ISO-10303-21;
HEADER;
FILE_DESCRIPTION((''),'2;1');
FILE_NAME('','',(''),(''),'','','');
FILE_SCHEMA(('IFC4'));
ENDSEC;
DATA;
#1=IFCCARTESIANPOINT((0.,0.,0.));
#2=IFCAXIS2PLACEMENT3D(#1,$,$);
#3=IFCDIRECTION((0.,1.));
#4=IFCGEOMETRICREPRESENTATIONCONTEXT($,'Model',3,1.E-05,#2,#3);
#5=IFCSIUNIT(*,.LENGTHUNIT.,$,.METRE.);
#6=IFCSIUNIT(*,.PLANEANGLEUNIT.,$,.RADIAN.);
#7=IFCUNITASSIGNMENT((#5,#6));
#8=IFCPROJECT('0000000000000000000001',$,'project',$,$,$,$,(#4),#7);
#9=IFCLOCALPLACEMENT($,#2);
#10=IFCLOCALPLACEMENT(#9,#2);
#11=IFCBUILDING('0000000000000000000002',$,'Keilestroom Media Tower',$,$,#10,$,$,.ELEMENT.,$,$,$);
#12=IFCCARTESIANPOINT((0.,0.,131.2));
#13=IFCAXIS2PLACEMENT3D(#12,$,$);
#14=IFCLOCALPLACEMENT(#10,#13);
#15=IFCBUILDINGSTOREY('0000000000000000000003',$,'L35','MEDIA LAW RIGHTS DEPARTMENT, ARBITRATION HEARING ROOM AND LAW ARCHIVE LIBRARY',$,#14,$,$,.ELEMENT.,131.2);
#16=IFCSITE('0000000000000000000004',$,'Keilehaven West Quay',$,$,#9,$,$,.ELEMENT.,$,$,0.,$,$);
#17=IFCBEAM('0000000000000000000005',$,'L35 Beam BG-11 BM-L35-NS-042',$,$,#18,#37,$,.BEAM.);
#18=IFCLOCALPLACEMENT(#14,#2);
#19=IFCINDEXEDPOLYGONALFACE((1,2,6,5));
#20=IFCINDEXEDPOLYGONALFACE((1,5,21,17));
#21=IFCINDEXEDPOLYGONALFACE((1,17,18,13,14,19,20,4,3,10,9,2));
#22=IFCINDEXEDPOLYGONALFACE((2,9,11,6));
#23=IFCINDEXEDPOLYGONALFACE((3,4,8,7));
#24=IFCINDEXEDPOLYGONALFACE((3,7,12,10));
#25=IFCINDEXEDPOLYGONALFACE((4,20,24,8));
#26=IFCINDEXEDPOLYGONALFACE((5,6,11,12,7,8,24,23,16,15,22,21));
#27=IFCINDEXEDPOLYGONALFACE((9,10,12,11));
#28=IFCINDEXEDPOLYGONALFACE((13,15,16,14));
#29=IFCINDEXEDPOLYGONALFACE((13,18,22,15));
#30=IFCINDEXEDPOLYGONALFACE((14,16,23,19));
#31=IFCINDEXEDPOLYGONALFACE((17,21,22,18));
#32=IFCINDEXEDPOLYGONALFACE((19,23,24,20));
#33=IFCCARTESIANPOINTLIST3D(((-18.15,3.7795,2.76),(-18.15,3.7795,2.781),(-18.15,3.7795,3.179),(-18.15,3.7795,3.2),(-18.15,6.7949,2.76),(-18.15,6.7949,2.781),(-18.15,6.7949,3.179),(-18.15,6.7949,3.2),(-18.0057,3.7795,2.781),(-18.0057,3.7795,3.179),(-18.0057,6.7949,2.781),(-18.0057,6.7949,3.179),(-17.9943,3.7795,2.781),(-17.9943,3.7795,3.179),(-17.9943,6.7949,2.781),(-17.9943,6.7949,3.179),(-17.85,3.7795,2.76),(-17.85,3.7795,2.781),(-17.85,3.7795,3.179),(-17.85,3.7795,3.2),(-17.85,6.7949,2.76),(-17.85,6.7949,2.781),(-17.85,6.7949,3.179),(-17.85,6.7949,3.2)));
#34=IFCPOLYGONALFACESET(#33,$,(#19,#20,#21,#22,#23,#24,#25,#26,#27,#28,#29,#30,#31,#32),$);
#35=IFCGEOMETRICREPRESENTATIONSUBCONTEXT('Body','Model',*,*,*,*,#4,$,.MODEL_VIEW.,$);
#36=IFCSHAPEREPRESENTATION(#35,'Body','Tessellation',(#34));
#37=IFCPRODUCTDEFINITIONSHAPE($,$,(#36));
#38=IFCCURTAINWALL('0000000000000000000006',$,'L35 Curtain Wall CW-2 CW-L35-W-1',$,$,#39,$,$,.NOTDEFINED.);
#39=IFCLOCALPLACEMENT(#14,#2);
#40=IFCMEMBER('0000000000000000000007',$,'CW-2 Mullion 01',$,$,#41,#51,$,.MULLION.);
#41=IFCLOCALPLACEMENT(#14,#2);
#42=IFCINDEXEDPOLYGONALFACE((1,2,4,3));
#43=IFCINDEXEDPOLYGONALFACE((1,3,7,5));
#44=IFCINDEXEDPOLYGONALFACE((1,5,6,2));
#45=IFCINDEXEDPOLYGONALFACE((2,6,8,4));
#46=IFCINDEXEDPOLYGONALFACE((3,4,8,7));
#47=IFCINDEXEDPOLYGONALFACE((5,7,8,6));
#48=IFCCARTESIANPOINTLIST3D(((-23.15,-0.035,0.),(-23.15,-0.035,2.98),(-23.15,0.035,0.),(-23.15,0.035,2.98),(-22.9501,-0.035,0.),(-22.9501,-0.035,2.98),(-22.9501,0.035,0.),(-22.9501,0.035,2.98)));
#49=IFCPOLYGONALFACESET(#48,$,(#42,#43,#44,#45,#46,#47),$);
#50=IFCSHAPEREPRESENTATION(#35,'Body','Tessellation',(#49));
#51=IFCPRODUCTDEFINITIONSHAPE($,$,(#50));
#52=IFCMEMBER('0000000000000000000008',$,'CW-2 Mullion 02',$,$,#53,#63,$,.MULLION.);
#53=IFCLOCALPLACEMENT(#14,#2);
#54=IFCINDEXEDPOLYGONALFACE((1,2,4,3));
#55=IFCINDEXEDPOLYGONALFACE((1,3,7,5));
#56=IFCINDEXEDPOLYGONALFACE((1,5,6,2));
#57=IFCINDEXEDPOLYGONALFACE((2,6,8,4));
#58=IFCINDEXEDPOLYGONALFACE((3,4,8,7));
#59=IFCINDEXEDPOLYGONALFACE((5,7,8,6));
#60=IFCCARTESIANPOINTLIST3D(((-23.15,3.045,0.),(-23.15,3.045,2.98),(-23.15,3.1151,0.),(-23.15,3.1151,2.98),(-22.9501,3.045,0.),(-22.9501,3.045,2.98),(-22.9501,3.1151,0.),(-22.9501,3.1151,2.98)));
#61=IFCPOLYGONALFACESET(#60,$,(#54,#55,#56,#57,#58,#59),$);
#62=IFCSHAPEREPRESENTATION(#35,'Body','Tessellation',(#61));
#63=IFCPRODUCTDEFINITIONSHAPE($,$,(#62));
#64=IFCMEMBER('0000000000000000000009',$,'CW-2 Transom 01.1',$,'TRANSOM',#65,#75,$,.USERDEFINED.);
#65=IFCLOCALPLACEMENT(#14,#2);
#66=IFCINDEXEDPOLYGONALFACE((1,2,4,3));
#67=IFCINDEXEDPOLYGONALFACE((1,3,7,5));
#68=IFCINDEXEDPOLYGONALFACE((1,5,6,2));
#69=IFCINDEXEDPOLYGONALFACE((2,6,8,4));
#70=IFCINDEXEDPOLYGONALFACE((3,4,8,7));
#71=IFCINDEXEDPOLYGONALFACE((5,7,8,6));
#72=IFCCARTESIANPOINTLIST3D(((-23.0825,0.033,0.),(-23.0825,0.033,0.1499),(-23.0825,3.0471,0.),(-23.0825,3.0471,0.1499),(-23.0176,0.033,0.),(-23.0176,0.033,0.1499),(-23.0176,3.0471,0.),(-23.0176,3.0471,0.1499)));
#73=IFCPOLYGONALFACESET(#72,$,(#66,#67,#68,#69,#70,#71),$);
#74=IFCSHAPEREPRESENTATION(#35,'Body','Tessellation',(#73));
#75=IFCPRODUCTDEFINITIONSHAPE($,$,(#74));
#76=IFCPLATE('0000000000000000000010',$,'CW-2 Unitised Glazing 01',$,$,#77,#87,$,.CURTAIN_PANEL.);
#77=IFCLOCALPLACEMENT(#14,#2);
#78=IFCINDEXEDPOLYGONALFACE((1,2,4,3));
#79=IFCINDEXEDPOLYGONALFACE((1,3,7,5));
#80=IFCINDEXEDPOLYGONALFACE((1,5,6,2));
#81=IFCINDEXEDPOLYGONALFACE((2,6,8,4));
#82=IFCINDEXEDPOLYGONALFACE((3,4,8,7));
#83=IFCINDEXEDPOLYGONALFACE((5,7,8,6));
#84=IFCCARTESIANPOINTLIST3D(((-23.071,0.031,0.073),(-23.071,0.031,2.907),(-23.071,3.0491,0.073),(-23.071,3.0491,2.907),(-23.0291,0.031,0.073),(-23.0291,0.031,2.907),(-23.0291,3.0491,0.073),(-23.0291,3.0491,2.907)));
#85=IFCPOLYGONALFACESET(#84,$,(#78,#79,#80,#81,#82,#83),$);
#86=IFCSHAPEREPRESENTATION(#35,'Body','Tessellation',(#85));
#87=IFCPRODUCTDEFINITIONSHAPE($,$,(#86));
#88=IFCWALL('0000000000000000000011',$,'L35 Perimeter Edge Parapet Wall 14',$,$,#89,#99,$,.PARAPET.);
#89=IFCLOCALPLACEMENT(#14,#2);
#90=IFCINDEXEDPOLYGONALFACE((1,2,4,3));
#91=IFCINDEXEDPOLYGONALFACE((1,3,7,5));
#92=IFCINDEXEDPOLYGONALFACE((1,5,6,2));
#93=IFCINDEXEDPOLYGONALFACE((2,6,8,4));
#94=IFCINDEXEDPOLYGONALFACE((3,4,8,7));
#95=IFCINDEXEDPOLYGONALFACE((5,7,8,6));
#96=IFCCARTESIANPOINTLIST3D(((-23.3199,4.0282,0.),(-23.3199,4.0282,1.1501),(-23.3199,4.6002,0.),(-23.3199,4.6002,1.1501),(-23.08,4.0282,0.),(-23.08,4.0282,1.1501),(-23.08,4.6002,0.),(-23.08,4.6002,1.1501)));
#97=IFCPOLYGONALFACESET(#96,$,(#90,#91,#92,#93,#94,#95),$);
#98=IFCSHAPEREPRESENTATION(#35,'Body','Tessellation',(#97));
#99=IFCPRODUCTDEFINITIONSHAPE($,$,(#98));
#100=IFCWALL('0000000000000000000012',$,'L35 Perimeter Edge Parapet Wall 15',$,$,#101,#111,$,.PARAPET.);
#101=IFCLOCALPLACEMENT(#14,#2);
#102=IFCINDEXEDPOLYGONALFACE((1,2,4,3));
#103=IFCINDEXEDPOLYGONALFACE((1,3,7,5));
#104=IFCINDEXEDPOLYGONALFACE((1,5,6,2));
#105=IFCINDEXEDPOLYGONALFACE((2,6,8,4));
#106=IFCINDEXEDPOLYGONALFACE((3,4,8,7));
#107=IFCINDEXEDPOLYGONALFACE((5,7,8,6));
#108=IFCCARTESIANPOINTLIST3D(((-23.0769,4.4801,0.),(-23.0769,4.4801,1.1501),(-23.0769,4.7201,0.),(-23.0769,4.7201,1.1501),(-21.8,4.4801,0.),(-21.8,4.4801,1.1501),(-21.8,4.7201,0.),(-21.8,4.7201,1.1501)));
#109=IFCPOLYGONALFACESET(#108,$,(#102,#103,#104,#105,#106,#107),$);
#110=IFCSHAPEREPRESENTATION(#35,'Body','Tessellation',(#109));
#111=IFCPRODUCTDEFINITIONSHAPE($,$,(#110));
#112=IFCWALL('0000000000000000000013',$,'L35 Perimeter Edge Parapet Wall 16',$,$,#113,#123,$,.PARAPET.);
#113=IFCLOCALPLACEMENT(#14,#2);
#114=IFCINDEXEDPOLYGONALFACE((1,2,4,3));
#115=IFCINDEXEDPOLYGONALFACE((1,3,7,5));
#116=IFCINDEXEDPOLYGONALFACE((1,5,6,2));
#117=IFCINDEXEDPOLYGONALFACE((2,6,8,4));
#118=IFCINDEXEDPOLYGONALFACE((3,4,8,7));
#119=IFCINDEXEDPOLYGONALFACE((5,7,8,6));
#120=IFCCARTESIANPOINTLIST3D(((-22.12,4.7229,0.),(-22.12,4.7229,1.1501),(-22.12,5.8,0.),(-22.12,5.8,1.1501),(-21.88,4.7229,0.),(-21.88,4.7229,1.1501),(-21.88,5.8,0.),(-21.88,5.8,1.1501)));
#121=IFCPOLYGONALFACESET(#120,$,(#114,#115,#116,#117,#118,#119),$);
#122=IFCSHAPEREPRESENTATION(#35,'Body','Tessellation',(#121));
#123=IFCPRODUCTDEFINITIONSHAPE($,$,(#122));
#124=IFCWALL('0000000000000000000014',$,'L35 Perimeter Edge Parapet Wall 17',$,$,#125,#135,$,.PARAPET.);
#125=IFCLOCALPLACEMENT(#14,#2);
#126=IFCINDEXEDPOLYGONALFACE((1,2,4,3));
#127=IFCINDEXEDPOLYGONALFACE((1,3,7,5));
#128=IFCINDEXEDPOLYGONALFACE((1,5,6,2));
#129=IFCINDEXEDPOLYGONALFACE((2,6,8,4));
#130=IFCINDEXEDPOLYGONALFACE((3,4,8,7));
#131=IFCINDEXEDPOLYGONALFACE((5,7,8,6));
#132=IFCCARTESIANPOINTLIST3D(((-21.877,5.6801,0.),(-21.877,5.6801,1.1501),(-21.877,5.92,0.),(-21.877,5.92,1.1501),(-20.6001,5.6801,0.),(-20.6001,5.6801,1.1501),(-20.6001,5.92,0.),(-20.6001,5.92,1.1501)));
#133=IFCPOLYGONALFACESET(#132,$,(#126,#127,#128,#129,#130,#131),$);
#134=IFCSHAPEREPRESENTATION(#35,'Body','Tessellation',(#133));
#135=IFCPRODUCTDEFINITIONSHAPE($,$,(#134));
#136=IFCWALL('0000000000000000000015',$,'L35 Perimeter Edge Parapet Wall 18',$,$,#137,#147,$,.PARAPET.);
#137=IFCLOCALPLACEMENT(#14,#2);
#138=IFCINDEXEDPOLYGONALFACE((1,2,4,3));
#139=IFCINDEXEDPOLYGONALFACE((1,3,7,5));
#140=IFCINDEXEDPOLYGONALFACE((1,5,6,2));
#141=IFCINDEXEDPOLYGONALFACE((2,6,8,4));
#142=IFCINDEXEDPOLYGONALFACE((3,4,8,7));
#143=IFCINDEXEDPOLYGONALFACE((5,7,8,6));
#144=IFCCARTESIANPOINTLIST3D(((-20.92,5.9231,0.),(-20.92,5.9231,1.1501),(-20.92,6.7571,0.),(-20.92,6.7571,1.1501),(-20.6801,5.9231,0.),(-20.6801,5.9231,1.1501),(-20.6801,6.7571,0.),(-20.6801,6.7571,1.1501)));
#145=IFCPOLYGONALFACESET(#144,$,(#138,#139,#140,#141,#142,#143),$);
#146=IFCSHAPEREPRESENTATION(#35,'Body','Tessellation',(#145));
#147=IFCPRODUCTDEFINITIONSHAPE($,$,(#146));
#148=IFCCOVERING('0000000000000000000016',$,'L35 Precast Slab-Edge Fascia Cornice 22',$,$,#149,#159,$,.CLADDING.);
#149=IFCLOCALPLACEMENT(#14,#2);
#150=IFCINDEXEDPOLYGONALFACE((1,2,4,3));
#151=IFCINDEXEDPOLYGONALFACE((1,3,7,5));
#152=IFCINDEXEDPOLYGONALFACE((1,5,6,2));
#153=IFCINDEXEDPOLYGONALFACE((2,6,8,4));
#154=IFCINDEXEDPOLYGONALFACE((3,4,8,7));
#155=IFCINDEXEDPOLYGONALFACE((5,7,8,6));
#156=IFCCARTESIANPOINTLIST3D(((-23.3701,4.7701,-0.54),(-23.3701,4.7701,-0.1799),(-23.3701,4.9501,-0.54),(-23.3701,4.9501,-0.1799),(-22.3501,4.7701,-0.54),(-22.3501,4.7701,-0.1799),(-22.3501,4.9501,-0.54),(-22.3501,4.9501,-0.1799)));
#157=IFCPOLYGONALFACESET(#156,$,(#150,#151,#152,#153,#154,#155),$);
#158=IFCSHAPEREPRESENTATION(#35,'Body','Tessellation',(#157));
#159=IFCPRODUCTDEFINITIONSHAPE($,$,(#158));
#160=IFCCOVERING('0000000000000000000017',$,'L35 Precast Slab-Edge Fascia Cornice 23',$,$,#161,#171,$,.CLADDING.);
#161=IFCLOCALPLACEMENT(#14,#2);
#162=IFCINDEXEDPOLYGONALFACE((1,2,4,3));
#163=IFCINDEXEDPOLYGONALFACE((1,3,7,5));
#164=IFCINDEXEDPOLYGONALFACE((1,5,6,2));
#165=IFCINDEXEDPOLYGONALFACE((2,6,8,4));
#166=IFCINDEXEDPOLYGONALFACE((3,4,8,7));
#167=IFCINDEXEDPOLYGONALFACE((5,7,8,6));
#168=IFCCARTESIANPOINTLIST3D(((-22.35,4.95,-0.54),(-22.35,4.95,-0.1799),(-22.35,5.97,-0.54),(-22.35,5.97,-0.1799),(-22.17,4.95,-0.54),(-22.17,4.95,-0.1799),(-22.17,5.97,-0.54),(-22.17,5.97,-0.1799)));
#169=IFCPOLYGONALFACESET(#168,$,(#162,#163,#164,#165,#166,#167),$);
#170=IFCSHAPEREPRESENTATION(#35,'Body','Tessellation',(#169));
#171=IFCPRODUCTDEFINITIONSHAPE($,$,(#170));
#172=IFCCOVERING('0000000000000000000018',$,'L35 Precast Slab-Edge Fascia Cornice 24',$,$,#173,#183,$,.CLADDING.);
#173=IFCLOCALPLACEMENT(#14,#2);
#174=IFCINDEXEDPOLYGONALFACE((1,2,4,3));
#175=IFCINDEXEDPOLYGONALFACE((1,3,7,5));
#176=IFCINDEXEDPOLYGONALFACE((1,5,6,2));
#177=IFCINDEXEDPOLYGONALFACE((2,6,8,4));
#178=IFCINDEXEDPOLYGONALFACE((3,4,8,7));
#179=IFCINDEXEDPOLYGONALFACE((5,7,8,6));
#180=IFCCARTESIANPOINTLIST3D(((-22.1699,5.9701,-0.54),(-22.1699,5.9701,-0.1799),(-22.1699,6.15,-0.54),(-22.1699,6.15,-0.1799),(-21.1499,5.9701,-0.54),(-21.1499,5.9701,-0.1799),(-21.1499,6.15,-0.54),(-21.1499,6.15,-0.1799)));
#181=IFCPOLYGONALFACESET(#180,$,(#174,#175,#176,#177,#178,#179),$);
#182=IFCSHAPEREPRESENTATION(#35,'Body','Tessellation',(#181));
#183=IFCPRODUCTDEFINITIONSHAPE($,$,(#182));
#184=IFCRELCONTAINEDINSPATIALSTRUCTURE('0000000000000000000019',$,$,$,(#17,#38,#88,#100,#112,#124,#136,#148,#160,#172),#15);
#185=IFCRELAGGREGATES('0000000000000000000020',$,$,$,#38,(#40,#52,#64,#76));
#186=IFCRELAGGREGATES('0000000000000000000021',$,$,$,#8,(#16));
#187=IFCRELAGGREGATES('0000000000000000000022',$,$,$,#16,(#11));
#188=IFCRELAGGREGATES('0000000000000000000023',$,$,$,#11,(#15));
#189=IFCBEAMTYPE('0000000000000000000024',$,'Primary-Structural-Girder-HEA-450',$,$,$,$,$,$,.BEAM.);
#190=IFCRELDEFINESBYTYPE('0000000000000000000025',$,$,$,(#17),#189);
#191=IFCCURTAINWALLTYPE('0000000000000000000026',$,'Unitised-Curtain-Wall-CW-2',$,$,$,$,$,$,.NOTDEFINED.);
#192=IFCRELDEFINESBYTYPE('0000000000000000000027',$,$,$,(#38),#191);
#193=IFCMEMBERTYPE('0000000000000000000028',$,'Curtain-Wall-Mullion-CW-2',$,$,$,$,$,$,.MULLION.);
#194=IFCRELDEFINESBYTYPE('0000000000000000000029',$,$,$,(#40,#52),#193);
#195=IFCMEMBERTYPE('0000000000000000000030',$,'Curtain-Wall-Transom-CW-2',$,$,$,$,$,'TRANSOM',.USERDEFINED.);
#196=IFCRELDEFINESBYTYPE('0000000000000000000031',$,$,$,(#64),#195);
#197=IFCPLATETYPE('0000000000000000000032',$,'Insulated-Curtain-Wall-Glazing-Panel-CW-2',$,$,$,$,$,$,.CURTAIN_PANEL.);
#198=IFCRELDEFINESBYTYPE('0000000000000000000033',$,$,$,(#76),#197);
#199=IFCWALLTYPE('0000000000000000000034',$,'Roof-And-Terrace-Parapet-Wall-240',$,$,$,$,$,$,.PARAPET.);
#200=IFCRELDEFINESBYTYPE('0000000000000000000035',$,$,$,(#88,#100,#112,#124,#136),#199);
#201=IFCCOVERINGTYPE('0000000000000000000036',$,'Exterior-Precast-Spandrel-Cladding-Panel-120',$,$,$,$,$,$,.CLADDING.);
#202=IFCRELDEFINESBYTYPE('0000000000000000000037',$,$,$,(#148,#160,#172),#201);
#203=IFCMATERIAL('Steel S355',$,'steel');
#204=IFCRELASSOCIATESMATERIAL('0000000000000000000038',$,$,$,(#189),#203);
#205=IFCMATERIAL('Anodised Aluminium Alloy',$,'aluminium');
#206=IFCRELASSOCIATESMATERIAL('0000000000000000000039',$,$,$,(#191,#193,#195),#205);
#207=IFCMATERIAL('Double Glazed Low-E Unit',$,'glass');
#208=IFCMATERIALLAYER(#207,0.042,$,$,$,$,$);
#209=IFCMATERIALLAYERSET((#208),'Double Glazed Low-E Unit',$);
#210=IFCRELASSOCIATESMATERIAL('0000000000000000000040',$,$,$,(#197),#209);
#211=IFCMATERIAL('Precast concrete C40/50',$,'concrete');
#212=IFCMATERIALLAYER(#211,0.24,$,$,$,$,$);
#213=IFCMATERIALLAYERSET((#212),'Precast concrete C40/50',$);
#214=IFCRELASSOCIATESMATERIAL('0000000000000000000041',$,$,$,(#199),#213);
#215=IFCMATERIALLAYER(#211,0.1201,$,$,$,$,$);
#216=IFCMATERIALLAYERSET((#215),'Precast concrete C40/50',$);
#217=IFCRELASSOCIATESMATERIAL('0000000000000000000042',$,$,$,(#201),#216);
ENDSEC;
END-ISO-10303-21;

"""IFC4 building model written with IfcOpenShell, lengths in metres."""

from ifc_helpers import new_model, si_unit, direction, frame, frame_2d, origin, origin_2d, place, context, subcontext, project, spatial, rectangle, i_section, extrude, source, transform, mapped, material, layer, layer_set, material_profile, profile_set, type_object, element, aggregate, save


model = new_model("IFC4")

# Units and contexts
model_context = context("Model", 3, precision=1e-05, world=origin(), true_north=direction((0.0, 1.0)))
body_context = subcontext(model_context, "Body", "Model", "MODEL_VIEW")
ifc_project = project(units=[si_unit("LENGTHUNIT", "METRE"), si_unit("PLANEANGLEUNIT", "RADIAN")], contexts=[model_context])

# Site, building, storey
site_placement = place(None, origin())
site = spatial("IfcSite", under=ifc_project, at=site_placement, Name="Keilehaven West Quay", CompositionType="ELEMENT", RefElevation=0.0)
building_placement = place(site_placement, origin())
building = spatial("IfcBuilding", under=site, at=building_placement, Name="Keilestroom Media Tower", CompositionType="ELEMENT")
storey_placement = place(building_placement, frame((0.0, 0.0, 131.2)))
storey = spatial("IfcBuildingStorey", under=building, at=storey_placement, Name="L35", Description="MEDIA LAW RIGHTS DEPARTMENT, ARBITRATION HEARING ROOM AND LAW ARCHIVE LIBRARY", CompositionType="ELEMENT", Elevation=131.2)

# Shared definitions
ifc_material_1 = material(Name="Precast concrete C40/50", Category="concrete")
ifc_material_2 = material(Name="Steel S355", Category="steel")

# Beam
ifc_material_profile_1 = material_profile(ifc_material_2, i_section(OverallWidth=0.3, OverallDepth=0.4399, WebThickness=0.0115, FlangeThickness=0.021, at=origin_2d()), Name="HEA 450")
ifc_profile_set_1 = profile_set([ifc_material_profile_1], Name="Steel S355")
beam_type_1 = type_object("IfcBeamType", Name="Primary-Structural-Girder-HEA-450", PredefinedType="BEAM", material=ifc_profile_set_1)
shared_shape_1 = source(origin(), body_context, "Body", "SweptSolid", [
    extrude(i_section(OverallWidth=0.3, OverallDepth=0.4399, WebThickness=0.0115, FlangeThickness=0.021, at=origin_2d()), origin(), (0.0, 0.0, 1.0), 3.0154),
])
beam_1_placement = place(storey_placement, frame((-18.0, 3.7795, 2.98), z_axis=(0.0, 1.0, 0.0), x_axis=(-1.0, 0.0, 0.0)))
element("IfcBeam", 1, at=beam_1_placement, inside=storey, type_object=beam_type_1, Name="L35 Beam BG-11 BM-L35-NS-042", PredefinedType="BEAM", context=body_context, shape_type="MappedRepresentation", body=[
    mapped(shared_shape_1, transform((0.0, 0.0, 0.0), x_axis=(1.0, 0.0, 0.0), y_axis=(0.0, 1.0, 0.0), z_axis=(0.0, 0.0, 1.0), scale=1.0)),
])

# Curtain wall, members, plate
ifc_material_3 = material(Name="Anodised Aluminium Alloy", Category="aluminium")
curtain_wall_type = type_object("IfcCurtainWallType", Name="Unitised-Curtain-Wall-CW-2", PredefinedType="NOTDEFINED", material=ifc_material_3)
curtain_wall_placement = place(storey_placement, origin())
curtain_wall = element("IfcCurtainWall", 2, at=curtain_wall_placement, inside=storey, type_object=curtain_wall_type, Name="L35 Curtain Wall CW-2 CW-L35-W-1", PredefinedType="NOTDEFINED")
ifc_material_profile_2 = material_profile(ifc_material_3, rectangle(XDim=0.0701, YDim=0.2, at=origin_2d()), Name="ALU MULLION 70x200")
ifc_profile_set_2 = profile_set([ifc_material_profile_2], Name="Anodised Aluminium Alloy")
member_type_1 = type_object("IfcMemberType", Name="Curtain-Wall-Mullion-CW-2", PredefinedType="MULLION", material=ifc_profile_set_2)
shared_shape_2 = source(origin(), body_context, "Body", "SweptSolid", [
    extrude(rectangle(XDim=0.0701, YDim=0.2, at=origin_2d()), origin(), (0.0, 0.0, 1.0), 2.98),
])
member_1_placement = place(storey_placement, frame((-23.05, 0.0, 0.0), z_axis=(0.0, 0.0, 1.0), x_axis=(0.0, 1.0, 0.0)))
member_1 = element("IfcMember", 3, at=member_1_placement, type_object=member_type_1, Name="CW-2 Mullion 01", PredefinedType="MULLION", context=body_context, shape_type="MappedRepresentation", body=[
    mapped(shared_shape_2, transform((0.0, 0.0, 0.0), x_axis=(1.0, 0.0, 0.0), y_axis=(0.0, 1.0, 0.0), z_axis=(0.0, 0.0, 1.0), scale=1.0)),
])
member_2_placement = place(storey_placement, frame((-23.05, 3.0801, 0.0), z_axis=(0.0, 0.0, 1.0), x_axis=(0.0, 1.0, 0.0)))
member_2 = element("IfcMember", 4, at=member_2_placement, type_object=member_type_1, Name="CW-2 Mullion 02", PredefinedType="MULLION", context=body_context, shape_type="MappedRepresentation", body=[
    mapped(shared_shape_2, transform((0.0, 0.0, 0.0), x_axis=(1.0, 0.0, 0.0), y_axis=(0.0, 1.0, 0.0), z_axis=(0.0, 0.0, 1.0), scale=1.0)),
])
ifc_material_profile_3 = material_profile(ifc_material_3, rectangle(XDim=0.0649, YDim=0.1499, at=origin_2d()), Name="ALU TRANSOM 65x150")
ifc_profile_set_3 = profile_set([ifc_material_profile_3], Name="Anodised Aluminium Alloy")
member_type_2 = type_object("IfcMemberType", Name="Curtain-Wall-Transom-CW-2", ElementType="TRANSOM", PredefinedType="USERDEFINED", material=ifc_profile_set_3)
shared_shape_3 = source(origin(), body_context, "Body", "SweptSolid", [
    extrude(rectangle(XDim=0.0649, YDim=0.1499, at=origin_2d()), origin(), (0.0, 0.0, 1.0), 3.0142),
])
member_3_placement = place(storey_placement, frame((-23.05, 0.033, 0.075), z_axis=(0.0, 1.0, 0.0), x_axis=(-1.0, 0.0, 0.0)))
member_3 = element("IfcMember", 5, at=member_3_placement, type_object=member_type_2, Name="CW-2 Transom 01.1", ObjectType="TRANSOM", PredefinedType="USERDEFINED", context=body_context, shape_type="MappedRepresentation", body=[
    mapped(shared_shape_3, transform((0.0, 0.0, 0.0), x_axis=(1.0, 0.0, 0.0), y_axis=(0.0, 1.0, 0.0), z_axis=(0.0, 0.0, 1.0), scale=1.0)),
])
ifc_material_4 = material(Name="Double Glazed Low-E Unit", Category="glass")
ifc_layer_1 = layer(ifc_material_4, 0.042)
ifc_layer_set_1 = layer_set([ifc_layer_1], Name="Double Glazed Low-E Unit")
plate_type = type_object("IfcPlateType", Name="Insulated-Curtain-Wall-Glazing-Panel-CW-2", PredefinedType="CURTAIN_PANEL", material=ifc_layer_set_1)
shared_shape_4 = source(origin(), body_context, "Body", "SweptSolid", [
    extrude(rectangle(XDim=3.0181, YDim=0.042, at=origin_2d()), origin(), (0.0, 0.0, 1.0), 2.834),
])
plate_placement = place(storey_placement, frame((-23.05, 1.54, 0.073), z_axis=(0.0, 0.0, 1.0), x_axis=(0.0, 1.0, 0.0)))
plate = element("IfcPlate", 6, at=plate_placement, type_object=plate_type, Name="CW-2 Unitised Glazing 01", PredefinedType="CURTAIN_PANEL", context=body_context, shape_type="MappedRepresentation", body=[
    mapped(shared_shape_4, transform((0.0, 0.0, 0.0), x_axis=(1.0, 0.0, 0.0), y_axis=(0.0, 1.0, 0.0), z_axis=(0.0, 0.0, 1.0), scale=1.0)),
])
aggregate(curtain_wall, [member_1, member_2, member_3, plate])

# Walls
ifc_layer_2 = layer(ifc_material_1, 0.24)
ifc_layer_set_2 = layer_set([ifc_layer_2], Name="Precast concrete C40/50")
wall_type = type_object("IfcWallType", Name="Roof-And-Terrace-Parapet-Wall-240", PredefinedType="PARAPET", material=ifc_layer_set_2)
wall_1_placement = place(storey_placement, frame((-23.2, 4.0281, 0.0), z_axis=(0.0, 0.0, 1.0), x_axis=(0.0, 1.0, 0.0)))
element("IfcWall", 7, at=wall_1_placement, inside=storey, type_object=wall_type, Name="L35 Perimeter Edge Parapet Wall 14", PredefinedType="PARAPET", context=body_context, shape_type="SweptSolid", body=[
    extrude(rectangle(XDim=0.572, YDim=0.24, at=frame_2d((0.2861, 0.0))), origin(), (0.0, 0.0, 1.0), 1.1501),
])
wall_2_placement = place(storey_placement, frame((-23.0769, 4.6001, 0.0), z_axis=(0.0, 0.0, 1.0), x_axis=(1.0, 0.0, 0.0)))
element("IfcWall", 8, at=wall_2_placement, inside=storey, type_object=wall_type, Name="L35 Perimeter Edge Parapet Wall 15", PredefinedType="PARAPET", context=body_context, shape_type="SweptSolid", body=[
    extrude(rectangle(XDim=1.2769, YDim=0.24, at=frame_2d((0.6384, 0.0))), origin(), (0.0, 0.0, 1.0), 1.1501),
])
wall_3_placement = place(storey_placement, frame((-22.0, 4.7229, 0.0), z_axis=(0.0, 0.0, 1.0), x_axis=(0.0, 1.0, 0.0)))
element("IfcWall", 9, at=wall_3_placement, inside=storey, type_object=wall_type, Name="L35 Perimeter Edge Parapet Wall 16", PredefinedType="PARAPET", context=body_context, shape_type="SweptSolid", body=[
    extrude(rectangle(XDim=1.0771, YDim=0.24, at=frame_2d((0.5386, 0.0))), origin(), (0.0, 0.0, 1.0), 1.1501),
])
wall_4_placement = place(storey_placement, frame((-21.877, 5.8, 0.0), z_axis=(0.0, 0.0, 1.0), x_axis=(1.0, 0.0, 0.0)))
element("IfcWall", 10, at=wall_4_placement, inside=storey, type_object=wall_type, Name="L35 Perimeter Edge Parapet Wall 17", PredefinedType="PARAPET", context=body_context, shape_type="SweptSolid", body=[
    extrude(rectangle(XDim=1.2769, YDim=0.24, at=frame_2d((0.6384, 0.0))), origin(), (0.0, 0.0, 1.0), 1.1501),
])
wall_5_placement = place(storey_placement, frame((-20.8, 5.9231, 0.0), z_axis=(0.0, 0.0, 1.0), x_axis=(0.0, 1.0, 0.0)))
element("IfcWall", 11, at=wall_5_placement, inside=storey, type_object=wall_type, Name="L35 Perimeter Edge Parapet Wall 18", PredefinedType="PARAPET", context=body_context, shape_type="SweptSolid", body=[
    extrude(rectangle(XDim=0.834, YDim=0.24, at=frame_2d((0.417, 0.0))), origin(), (0.0, 0.0, 1.0), 1.1501),
])

# Coverings
ifc_layer_3 = layer(ifc_material_1, 0.1201)
ifc_layer_set_3 = layer_set([ifc_layer_3], Name="Precast concrete C40/50")
covering_type = type_object("IfcCoveringType", Name="Exterior-Precast-Spandrel-Cladding-Panel-120", PredefinedType="CLADDING", material=ifc_layer_set_3)
shared_shape_5 = source(origin(), body_context, "Body", "SweptSolid", [
    extrude(rectangle(XDim=1.02, YDim=0.1799, at=origin_2d()), origin(), (0.0, 0.0, 1.0), 0.3601),
])
for number, where, z_axis, x_axis, name in (
    (12, (-22.8601, 4.8601, -0.54), (0.0, 0.0, 1.0), (1.0, 0.0, 0.0), "L35 Precast Slab-Edge Fascia Cornice 22"),
    (13, (-22.26, 5.46, -0.54), (0.0, 0.0, 1.0), (0.0, 1.0, 0.0), "L35 Precast Slab-Edge Fascia Cornice 23"),
    (14, (-21.6599, 6.0601, -0.54), (0.0, 0.0, 1.0), (1.0, 0.0, 0.0), "L35 Precast Slab-Edge Fascia Cornice 24"),
):
    element("IfcCovering", number, at=place(storey_placement, frame(where, z_axis=z_axis, x_axis=x_axis)), inside=storey, type_object=covering_type, Name=name, PredefinedType="CLADDING", context=body_context, shape_type="MappedRepresentation", body=[
        mapped(shared_shape_5, transform((0.0, 0.0, 0.0), x_axis=(1.0, 0.0, 0.0), y_axis=(0.0, 1.0, 0.0), z_axis=(0.0, 0.0, 1.0), scale=1.0)),
    ])

save(model, "model.ifc")
